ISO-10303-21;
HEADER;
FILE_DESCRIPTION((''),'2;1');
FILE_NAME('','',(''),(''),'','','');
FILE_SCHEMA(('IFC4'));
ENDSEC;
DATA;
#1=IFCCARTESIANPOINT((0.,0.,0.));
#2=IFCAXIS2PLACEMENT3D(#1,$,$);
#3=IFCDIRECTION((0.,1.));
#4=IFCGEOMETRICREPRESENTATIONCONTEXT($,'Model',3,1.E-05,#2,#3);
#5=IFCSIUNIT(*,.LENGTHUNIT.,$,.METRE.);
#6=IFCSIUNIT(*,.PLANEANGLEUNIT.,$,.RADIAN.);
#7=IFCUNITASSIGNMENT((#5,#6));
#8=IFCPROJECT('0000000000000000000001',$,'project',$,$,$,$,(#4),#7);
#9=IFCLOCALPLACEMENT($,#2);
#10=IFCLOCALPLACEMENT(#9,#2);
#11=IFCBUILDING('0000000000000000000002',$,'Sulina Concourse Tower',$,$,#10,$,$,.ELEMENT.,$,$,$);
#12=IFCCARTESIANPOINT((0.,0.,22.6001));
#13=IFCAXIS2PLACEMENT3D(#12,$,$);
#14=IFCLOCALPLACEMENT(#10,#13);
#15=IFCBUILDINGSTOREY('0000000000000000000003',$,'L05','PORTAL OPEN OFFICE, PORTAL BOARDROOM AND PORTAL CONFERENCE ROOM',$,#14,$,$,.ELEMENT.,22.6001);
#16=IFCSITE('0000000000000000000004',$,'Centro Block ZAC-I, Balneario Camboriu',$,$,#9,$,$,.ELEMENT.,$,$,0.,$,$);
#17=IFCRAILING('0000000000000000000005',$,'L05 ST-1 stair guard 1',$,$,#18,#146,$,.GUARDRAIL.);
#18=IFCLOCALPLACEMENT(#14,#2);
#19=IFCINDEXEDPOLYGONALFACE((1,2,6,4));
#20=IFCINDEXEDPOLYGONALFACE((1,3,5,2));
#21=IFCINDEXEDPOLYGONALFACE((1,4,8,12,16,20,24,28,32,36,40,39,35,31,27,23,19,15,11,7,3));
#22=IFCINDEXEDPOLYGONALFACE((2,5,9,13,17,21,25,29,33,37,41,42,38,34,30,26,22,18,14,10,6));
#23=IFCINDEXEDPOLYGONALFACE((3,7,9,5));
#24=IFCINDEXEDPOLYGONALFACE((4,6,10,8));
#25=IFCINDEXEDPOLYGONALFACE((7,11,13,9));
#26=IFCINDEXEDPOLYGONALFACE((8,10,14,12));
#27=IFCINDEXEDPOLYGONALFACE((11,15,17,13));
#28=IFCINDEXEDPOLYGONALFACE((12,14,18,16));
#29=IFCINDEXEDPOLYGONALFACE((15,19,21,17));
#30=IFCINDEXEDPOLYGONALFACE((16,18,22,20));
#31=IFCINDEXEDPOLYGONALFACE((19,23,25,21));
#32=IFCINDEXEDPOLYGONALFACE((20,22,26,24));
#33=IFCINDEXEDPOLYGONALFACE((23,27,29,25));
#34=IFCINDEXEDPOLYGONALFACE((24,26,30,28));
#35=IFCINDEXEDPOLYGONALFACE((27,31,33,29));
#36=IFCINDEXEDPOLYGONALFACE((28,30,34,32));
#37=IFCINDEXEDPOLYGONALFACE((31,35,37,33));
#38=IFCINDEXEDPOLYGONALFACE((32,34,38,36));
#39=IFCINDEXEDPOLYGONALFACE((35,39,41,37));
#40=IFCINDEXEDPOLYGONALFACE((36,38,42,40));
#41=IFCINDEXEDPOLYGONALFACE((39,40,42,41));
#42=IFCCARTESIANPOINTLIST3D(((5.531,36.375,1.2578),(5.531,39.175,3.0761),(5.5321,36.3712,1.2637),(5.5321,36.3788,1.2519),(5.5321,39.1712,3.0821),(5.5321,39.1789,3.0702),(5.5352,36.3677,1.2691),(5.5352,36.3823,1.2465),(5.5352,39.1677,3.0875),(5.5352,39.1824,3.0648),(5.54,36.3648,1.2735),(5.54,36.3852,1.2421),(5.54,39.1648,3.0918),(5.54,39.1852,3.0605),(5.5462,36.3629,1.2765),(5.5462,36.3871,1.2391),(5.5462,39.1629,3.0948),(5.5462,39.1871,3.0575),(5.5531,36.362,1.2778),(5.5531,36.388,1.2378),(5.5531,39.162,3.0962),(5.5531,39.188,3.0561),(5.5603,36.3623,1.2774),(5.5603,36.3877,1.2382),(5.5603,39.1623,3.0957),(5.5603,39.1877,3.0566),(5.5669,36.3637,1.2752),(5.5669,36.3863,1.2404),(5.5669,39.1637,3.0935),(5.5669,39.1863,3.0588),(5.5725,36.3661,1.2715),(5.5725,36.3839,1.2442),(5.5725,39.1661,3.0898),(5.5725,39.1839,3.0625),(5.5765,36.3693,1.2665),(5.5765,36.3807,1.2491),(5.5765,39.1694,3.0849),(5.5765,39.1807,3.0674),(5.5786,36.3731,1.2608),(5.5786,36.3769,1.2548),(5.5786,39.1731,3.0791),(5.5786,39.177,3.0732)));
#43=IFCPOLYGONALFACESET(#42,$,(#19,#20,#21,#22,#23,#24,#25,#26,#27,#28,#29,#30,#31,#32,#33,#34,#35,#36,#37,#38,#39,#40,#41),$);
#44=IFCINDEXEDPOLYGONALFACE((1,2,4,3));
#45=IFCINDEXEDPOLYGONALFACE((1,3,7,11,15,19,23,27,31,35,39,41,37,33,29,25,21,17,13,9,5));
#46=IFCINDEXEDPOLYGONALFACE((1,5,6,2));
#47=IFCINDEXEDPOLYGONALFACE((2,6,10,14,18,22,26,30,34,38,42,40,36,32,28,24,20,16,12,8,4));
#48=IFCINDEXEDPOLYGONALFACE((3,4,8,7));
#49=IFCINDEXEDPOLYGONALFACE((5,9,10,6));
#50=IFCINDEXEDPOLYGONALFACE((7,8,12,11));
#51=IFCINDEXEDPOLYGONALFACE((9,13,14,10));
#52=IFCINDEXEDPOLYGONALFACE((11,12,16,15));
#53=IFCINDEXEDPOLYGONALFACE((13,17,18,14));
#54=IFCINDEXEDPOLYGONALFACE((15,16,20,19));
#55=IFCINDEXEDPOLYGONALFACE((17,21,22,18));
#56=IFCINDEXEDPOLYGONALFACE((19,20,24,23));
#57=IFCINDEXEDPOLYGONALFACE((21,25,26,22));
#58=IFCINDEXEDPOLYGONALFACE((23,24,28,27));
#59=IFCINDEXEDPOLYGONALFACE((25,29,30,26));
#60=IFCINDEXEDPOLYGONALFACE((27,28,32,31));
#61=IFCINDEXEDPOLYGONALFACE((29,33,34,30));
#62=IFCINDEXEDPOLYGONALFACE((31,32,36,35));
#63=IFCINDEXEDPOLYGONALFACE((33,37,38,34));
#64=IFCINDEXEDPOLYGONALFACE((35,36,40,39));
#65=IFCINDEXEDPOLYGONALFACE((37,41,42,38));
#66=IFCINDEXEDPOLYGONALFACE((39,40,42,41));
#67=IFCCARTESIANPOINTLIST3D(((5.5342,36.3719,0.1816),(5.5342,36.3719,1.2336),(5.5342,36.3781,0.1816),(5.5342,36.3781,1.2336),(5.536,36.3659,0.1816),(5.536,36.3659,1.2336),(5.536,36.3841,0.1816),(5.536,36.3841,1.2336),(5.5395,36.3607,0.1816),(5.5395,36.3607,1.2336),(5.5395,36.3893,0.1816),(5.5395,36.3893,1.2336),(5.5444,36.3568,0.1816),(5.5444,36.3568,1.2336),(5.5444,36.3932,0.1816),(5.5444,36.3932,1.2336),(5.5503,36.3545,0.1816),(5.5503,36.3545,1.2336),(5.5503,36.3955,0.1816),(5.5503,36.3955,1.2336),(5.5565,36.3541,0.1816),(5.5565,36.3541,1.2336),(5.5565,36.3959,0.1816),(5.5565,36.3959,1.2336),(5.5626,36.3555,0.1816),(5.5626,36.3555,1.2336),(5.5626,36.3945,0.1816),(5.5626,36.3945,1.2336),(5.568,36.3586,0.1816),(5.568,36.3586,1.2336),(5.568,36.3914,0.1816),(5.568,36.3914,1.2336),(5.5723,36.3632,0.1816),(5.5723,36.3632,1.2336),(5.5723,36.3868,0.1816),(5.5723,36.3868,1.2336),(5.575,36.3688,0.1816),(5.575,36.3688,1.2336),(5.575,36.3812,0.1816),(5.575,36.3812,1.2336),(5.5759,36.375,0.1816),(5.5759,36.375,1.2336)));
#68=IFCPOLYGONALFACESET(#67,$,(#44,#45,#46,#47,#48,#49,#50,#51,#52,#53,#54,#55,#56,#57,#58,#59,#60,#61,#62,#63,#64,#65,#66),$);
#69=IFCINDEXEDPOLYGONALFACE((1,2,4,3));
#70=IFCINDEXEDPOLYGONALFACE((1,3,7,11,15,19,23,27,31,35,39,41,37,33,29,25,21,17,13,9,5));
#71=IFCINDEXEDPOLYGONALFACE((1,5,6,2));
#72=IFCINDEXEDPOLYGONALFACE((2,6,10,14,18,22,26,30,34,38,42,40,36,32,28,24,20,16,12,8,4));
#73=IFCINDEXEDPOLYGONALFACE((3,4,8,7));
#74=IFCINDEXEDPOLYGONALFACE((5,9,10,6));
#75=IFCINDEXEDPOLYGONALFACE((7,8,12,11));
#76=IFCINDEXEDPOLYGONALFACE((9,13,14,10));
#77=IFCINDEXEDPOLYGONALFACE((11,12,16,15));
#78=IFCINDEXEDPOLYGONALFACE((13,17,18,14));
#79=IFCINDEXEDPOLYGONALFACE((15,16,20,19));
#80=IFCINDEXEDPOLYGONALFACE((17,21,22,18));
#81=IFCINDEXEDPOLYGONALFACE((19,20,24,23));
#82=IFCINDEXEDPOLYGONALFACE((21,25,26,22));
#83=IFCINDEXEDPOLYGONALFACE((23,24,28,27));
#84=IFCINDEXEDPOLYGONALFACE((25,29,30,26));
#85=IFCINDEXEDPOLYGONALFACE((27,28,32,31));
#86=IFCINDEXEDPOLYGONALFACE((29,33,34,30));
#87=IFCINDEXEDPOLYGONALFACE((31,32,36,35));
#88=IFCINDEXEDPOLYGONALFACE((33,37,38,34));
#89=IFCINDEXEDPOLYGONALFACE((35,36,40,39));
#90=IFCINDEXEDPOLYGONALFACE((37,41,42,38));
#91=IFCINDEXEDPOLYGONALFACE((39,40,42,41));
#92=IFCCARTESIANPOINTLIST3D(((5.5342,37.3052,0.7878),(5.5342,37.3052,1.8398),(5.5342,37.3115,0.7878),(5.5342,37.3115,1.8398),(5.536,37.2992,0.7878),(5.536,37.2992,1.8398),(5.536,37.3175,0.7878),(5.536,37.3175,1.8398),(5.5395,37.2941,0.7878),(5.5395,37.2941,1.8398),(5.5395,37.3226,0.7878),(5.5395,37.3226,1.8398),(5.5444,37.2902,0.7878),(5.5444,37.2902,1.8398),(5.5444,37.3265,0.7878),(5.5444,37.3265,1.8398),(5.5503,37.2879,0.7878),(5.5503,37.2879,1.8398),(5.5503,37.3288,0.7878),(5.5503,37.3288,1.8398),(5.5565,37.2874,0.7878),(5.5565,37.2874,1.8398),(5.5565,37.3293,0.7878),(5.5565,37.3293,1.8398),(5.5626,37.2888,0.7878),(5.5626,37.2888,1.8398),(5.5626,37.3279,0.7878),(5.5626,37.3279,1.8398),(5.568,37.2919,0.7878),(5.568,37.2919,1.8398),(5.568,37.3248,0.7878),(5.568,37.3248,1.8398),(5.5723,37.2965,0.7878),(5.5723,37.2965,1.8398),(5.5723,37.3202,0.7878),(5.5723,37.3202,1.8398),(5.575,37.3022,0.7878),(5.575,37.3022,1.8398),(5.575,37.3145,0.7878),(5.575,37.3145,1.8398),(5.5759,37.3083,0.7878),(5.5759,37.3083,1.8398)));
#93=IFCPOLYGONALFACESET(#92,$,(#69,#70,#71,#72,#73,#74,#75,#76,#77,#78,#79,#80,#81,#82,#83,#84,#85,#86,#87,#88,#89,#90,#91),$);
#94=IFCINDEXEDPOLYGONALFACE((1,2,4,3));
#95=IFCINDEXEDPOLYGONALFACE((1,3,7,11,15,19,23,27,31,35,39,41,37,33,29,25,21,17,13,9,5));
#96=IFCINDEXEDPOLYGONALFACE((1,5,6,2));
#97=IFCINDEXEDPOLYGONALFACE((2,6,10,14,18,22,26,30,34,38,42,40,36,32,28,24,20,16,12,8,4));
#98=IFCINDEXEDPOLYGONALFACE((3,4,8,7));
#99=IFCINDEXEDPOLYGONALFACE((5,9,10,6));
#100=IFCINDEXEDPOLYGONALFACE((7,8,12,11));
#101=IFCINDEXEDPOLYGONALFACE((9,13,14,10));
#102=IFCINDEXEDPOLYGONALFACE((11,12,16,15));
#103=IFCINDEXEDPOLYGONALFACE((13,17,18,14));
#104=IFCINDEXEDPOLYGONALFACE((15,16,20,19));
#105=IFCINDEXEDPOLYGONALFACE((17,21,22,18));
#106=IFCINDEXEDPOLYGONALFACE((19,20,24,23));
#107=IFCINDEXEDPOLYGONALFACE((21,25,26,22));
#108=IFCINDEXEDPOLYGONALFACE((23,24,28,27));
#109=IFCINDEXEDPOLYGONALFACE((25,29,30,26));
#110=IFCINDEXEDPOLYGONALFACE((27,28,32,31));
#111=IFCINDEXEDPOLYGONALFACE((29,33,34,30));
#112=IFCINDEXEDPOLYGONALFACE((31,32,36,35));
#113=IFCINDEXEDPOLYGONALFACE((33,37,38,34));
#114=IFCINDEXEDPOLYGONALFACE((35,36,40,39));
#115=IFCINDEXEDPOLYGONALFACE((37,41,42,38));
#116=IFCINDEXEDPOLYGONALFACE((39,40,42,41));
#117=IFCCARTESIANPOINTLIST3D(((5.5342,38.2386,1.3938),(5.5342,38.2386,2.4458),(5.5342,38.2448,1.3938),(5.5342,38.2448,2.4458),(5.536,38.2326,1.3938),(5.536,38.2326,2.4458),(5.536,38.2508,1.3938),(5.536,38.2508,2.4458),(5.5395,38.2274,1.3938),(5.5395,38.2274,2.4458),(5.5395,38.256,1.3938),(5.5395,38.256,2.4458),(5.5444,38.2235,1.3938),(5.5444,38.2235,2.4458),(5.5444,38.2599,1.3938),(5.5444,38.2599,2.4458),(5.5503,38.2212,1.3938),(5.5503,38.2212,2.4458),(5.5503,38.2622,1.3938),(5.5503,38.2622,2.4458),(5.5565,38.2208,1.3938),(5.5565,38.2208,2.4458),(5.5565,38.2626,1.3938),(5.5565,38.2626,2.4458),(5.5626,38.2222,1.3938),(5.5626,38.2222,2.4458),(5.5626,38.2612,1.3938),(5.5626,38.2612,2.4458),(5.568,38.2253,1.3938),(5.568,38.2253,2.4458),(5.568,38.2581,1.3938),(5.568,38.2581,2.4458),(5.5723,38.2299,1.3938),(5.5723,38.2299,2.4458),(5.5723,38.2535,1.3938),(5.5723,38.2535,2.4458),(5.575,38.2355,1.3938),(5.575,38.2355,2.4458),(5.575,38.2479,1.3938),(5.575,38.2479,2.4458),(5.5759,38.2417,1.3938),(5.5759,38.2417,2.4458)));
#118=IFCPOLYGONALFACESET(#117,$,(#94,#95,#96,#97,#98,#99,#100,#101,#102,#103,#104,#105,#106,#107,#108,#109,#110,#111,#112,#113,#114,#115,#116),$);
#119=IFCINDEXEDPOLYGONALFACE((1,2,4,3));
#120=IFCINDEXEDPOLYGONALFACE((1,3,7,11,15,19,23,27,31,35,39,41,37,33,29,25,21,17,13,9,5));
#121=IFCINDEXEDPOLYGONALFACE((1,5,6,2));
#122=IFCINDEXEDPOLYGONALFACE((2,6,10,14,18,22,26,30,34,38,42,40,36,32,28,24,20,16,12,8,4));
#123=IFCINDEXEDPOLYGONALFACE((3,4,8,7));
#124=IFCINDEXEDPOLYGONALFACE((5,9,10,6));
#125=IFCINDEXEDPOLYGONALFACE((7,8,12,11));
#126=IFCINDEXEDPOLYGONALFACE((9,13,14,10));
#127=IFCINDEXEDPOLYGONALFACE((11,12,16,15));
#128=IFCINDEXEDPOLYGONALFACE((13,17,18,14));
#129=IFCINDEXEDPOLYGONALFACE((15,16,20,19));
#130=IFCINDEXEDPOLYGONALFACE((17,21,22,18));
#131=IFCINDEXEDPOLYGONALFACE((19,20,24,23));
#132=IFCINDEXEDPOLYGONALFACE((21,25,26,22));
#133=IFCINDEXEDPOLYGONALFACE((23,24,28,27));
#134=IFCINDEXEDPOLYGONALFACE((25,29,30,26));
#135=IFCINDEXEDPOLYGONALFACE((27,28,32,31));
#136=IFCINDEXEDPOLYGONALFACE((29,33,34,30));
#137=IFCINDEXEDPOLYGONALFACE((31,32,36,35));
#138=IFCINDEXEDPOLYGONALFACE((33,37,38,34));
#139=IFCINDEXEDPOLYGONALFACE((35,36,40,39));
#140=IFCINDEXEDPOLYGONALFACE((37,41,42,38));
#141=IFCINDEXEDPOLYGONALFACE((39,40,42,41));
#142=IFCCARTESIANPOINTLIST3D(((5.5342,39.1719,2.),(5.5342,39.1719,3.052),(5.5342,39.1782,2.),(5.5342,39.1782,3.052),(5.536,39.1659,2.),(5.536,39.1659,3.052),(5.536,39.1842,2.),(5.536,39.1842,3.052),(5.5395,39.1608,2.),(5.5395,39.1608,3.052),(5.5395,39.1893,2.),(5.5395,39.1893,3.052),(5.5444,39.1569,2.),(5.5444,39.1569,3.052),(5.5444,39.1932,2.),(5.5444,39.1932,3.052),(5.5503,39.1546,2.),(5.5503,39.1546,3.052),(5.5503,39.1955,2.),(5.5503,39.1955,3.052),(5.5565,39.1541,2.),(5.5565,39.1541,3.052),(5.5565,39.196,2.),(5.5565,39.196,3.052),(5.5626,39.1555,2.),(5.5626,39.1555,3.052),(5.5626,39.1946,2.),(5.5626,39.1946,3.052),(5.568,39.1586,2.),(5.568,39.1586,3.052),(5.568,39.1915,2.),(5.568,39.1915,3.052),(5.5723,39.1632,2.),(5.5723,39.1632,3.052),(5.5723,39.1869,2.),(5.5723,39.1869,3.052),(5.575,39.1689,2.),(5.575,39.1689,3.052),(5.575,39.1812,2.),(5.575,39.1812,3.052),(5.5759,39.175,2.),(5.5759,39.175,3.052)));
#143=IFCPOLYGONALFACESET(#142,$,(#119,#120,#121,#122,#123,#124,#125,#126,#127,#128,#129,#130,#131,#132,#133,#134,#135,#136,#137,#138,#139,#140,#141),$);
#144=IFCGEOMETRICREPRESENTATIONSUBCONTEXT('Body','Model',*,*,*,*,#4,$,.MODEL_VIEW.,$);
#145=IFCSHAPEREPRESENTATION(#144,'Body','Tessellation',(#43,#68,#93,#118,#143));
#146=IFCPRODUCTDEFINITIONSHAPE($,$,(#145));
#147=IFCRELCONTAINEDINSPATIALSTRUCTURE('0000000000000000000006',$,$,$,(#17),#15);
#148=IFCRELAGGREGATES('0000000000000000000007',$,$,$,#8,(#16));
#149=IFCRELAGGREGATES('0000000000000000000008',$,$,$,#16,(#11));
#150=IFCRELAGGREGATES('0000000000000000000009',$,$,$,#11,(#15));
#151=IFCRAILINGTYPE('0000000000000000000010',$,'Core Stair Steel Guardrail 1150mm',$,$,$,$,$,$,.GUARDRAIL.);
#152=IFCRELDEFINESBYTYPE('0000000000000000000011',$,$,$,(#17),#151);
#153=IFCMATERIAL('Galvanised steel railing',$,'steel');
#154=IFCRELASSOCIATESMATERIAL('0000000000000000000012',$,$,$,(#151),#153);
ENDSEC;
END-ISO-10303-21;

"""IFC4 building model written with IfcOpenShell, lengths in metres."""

from ifc_helpers import new_model, si_unit, direction, frame, origin, origin_2d, place, context, subcontext, project, spatial, circle, extrude, material, type_object, element, save


model = new_model("IFC4")

# Units and contexts
model_context = context("Model", 3, precision=1e-05, world=origin(), true_north=direction((0.0, 1.0)))
body_context = subcontext(model_context, "Body", "Model", "MODEL_VIEW")
ifc_project = project(units=[si_unit("LENGTHUNIT", "METRE"), si_unit("PLANEANGLEUNIT", "RADIAN")], contexts=[model_context])

# Site, building, storey
site_placement = place(None, origin())
site = spatial("IfcSite", under=ifc_project, at=site_placement, Name="Centro Block ZAC-I, Balneario Camboriu", CompositionType="ELEMENT", RefElevation=0.0)
building_placement = place(site_placement, origin())
building = spatial("IfcBuilding", under=site, at=building_placement, Name="Sulina Concourse Tower", CompositionType="ELEMENT")
storey_placement = place(building_placement, frame((0.0, 0.0, 22.6001)))
storey = spatial("IfcBuildingStorey", under=building, at=storey_placement, Name="L05", Description="PORTAL OPEN OFFICE, PORTAL BOARDROOM AND PORTAL CONFERENCE ROOM", CompositionType="ELEMENT", Elevation=22.6001)

# Railing
ifc_material_1 = material(Name="Galvanised steel railing", Category="steel")
railing_type_1 = type_object("IfcRailingType", Name="Core Stair Steel Guardrail 1150mm", PredefinedType="GUARDRAIL", material=ifc_material_1)
railing_1_placement = place(storey_placement, frame((5.5549, 36.375, 0.1816)))
element("IfcRailing", 1, at=railing_1_placement, inside=storey, type_object=railing_type_1, Name="L05 ST-1 stair guard 1", PredefinedType="GUARDRAIL", context=body_context, shape_type="SweptSolid", body=[
    extrude(circle(Radius=0.0239, at=origin_2d()), frame((0.0, 0.0, 1.0762), z_axis=(0.0, 0.838672, 0.544636), x_axis=(-1.0, 0.0, 0.0)), (0.0, 0.0, 1.0), 3.3386),
    extrude(circle(Radius=0.021, at=origin_2d()), origin(), (0.0, 0.0, 1.0), 1.052),
    extrude(circle(Radius=0.021, at=origin_2d()), frame((0.0, 0.9333, 0.6062)), (0.0, 0.0, 1.0), 1.052),
    extrude(circle(Radius=0.021, at=origin_2d()), frame((0.0, 1.8667, 1.2122)), (0.0, 0.0, 1.0), 1.052),
    extrude(circle(Radius=0.021, at=origin_2d()), frame((0.0, 2.8, 1.8184)), (0.0, 0.0, 1.0), 1.052),
])

save(model, "model.ifc")
